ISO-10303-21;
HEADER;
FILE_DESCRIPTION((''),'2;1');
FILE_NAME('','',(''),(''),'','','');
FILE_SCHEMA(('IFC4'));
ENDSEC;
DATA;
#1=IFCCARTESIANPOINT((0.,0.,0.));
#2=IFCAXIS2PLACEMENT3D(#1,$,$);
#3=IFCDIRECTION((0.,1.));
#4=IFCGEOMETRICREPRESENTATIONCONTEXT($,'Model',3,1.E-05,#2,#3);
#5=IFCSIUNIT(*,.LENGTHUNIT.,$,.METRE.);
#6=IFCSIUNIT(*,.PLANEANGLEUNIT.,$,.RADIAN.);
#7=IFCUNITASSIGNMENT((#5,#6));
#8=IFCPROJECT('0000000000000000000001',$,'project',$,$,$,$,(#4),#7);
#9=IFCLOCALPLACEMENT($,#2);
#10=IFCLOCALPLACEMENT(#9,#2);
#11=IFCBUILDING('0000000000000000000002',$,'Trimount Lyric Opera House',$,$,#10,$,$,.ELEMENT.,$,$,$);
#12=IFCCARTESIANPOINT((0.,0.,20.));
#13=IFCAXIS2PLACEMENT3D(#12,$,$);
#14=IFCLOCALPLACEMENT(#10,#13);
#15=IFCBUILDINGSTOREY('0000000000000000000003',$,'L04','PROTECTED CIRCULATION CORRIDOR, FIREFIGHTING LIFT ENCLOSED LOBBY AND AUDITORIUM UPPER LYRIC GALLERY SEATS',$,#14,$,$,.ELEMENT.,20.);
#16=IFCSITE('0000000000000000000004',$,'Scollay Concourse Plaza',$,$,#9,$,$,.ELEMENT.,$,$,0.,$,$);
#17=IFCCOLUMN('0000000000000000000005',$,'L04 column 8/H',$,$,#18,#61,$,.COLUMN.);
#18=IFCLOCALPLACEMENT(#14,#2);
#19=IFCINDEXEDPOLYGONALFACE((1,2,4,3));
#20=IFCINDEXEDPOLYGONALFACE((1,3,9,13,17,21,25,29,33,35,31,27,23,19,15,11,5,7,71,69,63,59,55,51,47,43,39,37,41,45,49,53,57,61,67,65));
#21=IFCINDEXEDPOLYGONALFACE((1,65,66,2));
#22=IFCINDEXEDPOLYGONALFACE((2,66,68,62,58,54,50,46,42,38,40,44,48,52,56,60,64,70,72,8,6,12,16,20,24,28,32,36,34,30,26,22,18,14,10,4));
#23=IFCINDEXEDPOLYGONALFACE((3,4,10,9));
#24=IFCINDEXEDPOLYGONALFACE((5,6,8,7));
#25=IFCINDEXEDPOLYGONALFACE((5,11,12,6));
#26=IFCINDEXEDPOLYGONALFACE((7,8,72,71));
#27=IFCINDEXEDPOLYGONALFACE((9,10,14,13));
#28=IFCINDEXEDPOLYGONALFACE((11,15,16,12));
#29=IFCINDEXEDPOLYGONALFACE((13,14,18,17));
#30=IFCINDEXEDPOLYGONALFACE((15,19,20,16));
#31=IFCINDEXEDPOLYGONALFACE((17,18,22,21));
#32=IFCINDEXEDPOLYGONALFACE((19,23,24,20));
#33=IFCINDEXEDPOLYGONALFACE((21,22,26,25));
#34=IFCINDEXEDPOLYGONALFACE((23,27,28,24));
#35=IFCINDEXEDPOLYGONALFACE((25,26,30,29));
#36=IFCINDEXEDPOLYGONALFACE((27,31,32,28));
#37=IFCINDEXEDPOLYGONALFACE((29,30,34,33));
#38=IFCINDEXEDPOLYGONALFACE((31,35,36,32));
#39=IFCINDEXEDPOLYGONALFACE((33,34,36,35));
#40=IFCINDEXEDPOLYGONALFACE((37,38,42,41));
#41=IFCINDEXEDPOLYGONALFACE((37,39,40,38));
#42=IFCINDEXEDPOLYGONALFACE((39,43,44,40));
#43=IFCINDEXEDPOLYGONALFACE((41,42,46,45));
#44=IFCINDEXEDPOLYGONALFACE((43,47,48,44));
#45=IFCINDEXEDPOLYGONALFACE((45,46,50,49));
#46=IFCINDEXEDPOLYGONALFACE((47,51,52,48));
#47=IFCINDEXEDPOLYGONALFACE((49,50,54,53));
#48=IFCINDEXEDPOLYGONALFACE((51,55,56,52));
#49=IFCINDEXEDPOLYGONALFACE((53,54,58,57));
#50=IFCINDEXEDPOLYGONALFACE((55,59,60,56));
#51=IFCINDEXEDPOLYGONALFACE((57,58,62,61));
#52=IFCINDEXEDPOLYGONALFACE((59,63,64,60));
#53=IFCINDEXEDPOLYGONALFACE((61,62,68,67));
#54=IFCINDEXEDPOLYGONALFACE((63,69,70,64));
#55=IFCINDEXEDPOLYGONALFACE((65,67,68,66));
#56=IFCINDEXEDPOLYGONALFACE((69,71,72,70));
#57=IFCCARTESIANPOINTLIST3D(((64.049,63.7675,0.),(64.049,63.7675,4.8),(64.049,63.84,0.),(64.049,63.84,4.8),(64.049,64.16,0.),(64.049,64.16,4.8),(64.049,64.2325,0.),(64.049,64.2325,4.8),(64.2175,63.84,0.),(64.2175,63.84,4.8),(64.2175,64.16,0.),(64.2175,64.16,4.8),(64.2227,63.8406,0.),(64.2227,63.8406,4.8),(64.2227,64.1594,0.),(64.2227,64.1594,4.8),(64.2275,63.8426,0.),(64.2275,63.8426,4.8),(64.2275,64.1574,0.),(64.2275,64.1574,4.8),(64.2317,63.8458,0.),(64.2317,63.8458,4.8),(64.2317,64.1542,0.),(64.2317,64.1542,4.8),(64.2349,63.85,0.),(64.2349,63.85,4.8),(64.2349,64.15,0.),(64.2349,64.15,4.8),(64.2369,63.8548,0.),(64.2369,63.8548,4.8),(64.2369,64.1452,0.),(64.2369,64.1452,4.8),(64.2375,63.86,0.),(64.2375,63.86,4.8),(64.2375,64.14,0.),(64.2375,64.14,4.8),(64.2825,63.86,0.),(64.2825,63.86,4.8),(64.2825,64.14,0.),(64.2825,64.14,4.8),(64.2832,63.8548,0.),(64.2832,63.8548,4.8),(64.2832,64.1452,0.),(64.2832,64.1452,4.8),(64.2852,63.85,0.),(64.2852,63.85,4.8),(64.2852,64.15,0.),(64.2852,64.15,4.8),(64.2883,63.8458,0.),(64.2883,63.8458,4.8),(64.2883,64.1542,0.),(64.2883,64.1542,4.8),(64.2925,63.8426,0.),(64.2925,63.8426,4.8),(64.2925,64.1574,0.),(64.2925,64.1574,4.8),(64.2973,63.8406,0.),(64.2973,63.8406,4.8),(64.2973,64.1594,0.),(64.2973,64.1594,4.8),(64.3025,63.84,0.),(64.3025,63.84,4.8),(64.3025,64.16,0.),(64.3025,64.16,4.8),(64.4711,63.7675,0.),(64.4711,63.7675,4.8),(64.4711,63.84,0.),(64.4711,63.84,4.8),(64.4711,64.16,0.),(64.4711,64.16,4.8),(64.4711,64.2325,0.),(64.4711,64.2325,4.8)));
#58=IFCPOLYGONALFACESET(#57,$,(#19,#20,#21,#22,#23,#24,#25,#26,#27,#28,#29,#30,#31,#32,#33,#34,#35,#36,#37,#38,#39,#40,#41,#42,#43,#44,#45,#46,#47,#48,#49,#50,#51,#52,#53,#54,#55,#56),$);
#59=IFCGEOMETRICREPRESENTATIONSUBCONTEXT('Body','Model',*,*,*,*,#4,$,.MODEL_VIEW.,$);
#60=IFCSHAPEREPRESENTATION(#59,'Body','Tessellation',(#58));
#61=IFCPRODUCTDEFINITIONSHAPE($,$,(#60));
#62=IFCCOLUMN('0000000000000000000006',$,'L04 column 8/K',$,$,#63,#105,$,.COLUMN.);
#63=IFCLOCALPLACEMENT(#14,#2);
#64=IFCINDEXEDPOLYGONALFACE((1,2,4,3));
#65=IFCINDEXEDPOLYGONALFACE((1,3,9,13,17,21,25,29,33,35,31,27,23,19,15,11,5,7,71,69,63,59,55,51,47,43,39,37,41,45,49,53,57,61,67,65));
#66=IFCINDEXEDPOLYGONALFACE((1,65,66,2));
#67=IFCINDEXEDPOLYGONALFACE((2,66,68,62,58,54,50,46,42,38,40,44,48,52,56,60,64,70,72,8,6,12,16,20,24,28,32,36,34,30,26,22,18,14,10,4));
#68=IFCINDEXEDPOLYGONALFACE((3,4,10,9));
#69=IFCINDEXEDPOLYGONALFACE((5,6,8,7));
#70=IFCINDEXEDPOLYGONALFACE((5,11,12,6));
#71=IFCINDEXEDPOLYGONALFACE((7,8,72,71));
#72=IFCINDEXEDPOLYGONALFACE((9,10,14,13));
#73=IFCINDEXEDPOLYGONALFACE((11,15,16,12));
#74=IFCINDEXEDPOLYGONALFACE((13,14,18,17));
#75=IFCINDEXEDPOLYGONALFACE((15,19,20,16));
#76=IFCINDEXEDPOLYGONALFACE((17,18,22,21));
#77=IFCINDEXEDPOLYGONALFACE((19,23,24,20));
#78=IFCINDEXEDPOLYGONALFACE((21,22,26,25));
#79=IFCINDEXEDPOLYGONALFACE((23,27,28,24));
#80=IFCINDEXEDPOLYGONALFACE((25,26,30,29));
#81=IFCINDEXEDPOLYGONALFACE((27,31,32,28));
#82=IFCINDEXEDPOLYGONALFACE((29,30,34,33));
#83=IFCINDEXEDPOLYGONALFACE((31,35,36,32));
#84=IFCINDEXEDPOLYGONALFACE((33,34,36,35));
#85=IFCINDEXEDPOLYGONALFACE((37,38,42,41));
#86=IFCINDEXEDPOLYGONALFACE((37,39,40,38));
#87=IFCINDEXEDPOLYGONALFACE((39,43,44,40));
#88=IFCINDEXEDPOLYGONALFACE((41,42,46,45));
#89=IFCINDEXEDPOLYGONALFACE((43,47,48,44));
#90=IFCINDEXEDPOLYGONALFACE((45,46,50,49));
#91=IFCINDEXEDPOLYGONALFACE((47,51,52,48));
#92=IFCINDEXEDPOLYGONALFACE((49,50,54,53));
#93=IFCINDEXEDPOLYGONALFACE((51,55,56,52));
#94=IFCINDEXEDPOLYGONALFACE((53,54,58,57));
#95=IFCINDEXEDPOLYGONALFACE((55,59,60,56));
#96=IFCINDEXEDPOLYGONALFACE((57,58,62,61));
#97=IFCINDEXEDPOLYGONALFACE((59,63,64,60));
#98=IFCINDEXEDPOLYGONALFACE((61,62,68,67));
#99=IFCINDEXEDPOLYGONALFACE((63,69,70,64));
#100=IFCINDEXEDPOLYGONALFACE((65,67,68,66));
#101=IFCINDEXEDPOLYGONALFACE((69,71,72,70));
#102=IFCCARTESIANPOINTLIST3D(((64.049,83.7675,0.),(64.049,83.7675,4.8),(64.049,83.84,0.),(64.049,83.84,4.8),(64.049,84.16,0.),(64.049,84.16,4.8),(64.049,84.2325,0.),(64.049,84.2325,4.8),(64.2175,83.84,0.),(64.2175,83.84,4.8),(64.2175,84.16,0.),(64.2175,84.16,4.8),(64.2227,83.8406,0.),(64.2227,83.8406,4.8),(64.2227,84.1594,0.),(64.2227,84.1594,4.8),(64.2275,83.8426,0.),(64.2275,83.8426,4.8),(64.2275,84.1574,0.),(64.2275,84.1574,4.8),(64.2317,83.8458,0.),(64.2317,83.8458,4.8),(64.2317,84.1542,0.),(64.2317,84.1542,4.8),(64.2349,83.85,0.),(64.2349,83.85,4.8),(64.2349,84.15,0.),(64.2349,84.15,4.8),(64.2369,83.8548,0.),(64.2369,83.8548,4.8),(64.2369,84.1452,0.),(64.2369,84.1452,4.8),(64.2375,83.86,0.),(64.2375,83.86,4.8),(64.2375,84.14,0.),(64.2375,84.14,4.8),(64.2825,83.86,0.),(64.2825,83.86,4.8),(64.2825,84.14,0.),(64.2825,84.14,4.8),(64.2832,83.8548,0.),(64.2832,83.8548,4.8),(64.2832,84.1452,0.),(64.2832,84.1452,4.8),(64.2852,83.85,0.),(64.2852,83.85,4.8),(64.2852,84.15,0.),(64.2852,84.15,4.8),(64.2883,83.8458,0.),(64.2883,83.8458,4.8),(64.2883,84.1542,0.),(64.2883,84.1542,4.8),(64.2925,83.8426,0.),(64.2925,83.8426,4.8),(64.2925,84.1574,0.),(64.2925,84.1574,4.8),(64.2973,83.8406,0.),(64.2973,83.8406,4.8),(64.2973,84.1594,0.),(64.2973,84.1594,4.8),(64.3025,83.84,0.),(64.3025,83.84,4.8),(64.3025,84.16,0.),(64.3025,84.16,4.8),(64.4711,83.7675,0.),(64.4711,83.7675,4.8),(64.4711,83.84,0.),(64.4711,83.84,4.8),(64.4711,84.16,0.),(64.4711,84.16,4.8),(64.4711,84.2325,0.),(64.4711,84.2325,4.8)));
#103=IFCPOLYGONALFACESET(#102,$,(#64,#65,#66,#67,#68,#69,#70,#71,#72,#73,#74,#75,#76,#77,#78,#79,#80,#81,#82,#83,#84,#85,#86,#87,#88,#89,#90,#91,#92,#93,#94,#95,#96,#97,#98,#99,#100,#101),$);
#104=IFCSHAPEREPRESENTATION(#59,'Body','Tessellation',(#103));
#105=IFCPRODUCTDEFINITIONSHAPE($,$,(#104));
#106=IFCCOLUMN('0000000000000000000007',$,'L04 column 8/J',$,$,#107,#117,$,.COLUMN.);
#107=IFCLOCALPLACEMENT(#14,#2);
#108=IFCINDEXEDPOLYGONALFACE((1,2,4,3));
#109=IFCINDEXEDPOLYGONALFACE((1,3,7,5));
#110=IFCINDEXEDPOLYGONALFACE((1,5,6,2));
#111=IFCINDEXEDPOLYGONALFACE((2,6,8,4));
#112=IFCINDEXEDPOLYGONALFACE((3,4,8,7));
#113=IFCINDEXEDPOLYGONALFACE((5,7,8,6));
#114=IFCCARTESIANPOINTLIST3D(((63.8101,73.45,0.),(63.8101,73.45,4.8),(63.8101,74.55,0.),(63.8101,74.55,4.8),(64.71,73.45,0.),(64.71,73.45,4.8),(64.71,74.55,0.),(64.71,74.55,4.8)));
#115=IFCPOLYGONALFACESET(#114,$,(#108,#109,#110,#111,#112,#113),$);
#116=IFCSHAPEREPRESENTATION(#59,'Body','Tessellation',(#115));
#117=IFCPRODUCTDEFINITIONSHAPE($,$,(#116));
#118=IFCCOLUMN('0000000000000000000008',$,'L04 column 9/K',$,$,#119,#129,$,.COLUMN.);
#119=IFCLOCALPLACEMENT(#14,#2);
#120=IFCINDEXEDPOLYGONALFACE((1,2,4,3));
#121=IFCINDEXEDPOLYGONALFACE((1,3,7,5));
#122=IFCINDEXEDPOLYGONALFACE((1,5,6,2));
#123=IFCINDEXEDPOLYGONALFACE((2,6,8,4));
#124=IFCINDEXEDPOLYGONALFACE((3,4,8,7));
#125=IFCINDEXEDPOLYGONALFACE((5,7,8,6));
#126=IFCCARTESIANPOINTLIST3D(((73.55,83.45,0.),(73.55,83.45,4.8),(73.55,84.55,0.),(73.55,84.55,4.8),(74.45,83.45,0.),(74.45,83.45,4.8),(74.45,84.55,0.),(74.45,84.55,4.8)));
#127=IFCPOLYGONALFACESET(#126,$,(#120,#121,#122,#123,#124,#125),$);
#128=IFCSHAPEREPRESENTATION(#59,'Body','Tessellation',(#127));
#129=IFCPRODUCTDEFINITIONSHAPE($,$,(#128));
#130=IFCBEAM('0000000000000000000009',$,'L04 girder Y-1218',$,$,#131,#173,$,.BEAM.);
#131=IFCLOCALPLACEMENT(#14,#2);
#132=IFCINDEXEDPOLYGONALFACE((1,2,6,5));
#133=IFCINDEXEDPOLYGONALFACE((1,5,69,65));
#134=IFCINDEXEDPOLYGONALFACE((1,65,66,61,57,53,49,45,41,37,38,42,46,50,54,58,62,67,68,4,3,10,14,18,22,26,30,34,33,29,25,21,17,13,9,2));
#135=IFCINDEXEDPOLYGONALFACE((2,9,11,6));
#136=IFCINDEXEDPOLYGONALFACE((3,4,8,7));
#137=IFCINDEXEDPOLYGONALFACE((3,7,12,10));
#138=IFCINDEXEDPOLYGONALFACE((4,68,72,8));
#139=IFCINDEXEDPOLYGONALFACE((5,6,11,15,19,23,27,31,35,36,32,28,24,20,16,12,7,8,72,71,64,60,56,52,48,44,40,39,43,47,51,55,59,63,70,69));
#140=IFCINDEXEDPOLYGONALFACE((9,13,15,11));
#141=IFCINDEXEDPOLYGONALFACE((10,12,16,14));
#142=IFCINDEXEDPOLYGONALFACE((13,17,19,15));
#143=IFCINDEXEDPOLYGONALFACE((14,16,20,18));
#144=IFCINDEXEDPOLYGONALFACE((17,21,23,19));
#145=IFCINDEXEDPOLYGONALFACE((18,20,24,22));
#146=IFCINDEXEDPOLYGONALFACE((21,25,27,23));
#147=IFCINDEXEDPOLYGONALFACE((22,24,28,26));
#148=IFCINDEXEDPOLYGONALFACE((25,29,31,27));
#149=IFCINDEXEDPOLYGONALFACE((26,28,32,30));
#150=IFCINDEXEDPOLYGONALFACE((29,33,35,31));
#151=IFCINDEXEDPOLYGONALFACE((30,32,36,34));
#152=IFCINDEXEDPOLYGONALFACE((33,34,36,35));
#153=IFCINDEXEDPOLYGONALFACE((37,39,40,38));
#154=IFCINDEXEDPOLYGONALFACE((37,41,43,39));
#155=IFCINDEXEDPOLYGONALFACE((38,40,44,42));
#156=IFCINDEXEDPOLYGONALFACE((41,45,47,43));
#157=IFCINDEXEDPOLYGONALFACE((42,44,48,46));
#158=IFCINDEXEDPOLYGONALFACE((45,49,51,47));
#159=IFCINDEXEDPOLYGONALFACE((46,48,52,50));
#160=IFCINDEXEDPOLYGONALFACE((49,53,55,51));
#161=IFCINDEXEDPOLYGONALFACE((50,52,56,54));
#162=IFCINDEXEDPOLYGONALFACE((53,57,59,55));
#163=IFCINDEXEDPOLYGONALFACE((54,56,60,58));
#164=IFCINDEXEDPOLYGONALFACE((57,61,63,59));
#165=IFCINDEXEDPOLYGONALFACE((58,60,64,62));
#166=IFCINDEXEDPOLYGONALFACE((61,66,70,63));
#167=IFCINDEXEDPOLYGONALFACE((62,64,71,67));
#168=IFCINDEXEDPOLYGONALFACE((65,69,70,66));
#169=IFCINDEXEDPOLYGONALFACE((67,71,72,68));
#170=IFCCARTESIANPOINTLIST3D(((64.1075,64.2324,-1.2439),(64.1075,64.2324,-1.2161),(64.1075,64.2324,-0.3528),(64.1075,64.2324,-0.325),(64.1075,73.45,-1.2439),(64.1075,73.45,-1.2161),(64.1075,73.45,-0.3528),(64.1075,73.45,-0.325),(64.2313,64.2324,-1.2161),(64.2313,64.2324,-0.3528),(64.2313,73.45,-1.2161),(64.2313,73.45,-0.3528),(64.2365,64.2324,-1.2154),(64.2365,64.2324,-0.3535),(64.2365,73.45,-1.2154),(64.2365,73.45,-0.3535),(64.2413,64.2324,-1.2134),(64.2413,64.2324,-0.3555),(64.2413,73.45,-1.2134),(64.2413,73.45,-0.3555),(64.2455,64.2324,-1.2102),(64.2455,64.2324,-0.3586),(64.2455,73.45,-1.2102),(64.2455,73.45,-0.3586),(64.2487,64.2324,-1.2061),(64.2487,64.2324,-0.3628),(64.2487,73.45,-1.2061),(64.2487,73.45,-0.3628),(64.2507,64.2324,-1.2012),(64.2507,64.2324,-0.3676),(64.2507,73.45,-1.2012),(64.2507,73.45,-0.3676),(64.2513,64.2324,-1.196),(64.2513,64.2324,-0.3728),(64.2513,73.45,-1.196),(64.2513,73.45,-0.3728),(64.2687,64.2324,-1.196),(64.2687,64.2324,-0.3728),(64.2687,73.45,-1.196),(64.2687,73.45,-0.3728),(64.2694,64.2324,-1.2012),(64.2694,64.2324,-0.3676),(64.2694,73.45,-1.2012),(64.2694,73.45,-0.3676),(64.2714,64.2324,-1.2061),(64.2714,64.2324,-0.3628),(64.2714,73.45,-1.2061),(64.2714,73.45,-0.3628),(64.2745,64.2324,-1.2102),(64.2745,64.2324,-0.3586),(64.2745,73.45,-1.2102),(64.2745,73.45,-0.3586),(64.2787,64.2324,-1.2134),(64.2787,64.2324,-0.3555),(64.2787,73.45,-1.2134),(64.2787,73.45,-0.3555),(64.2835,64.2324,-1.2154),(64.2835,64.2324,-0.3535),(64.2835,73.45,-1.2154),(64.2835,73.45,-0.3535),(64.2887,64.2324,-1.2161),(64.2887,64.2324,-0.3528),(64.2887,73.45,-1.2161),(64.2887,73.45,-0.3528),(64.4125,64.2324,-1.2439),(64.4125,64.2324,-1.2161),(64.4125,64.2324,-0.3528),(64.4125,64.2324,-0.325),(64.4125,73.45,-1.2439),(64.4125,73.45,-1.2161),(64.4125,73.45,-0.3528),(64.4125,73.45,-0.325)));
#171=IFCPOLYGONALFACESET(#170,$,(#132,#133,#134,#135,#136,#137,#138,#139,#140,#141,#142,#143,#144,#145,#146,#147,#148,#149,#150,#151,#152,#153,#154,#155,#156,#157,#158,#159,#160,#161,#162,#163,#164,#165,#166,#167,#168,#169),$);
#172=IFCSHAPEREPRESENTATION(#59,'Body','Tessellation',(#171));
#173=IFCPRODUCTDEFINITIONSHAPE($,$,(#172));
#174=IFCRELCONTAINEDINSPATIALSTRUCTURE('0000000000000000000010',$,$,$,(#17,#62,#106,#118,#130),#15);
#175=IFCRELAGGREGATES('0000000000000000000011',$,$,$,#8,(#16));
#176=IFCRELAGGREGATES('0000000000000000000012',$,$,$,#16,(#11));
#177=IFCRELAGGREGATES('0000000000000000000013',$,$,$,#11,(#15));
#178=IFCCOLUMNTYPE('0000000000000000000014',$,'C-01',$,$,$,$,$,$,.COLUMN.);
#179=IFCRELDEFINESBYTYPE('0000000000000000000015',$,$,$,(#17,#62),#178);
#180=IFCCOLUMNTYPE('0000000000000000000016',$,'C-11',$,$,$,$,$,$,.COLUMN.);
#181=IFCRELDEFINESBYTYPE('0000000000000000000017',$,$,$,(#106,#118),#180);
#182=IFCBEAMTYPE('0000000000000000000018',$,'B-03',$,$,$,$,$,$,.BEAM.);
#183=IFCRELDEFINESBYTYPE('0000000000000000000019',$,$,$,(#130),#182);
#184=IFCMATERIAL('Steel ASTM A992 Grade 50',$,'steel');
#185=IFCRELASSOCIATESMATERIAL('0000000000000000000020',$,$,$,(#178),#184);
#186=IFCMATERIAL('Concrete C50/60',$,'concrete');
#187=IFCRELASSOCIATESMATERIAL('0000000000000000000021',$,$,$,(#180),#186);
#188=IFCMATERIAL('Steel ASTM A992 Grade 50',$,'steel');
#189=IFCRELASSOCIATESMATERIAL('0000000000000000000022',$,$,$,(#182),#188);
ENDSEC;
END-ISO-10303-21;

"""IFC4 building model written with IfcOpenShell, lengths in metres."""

from ifc_helpers import new_model, si_unit, direction, frame, origin, origin_2d, place, context, subcontext, project, spatial, rectangle, i_section, extrude, material, material_profile, profile_set, type_object, element, save


model = new_model("IFC4")

# Units and contexts
model_context = context("Model", 3, precision=1e-05, world=origin(), true_north=direction((0.0, 1.0)))
body_context = subcontext(model_context, "Body", "Model", "MODEL_VIEW")
ifc_project = project(units=[si_unit("LENGTHUNIT", "METRE"), si_unit("PLANEANGLEUNIT", "RADIAN")], contexts=[model_context])

# Site, building, storey
site_placement = place(None, origin())
site = spatial("IfcSite", under=ifc_project, at=site_placement, Name="Scollay Concourse Plaza", CompositionType="ELEMENT", RefElevation=0.0)
building_placement = place(site_placement, origin())
building = spatial("IfcBuilding", under=site, at=building_placement, Name="Trimount Lyric Opera House", CompositionType="ELEMENT")
storey_placement = place(building_placement, frame((0.0, 0.0, 20.0)))
storey = spatial("IfcBuildingStorey", under=building, at=storey_placement, Name="L04", Description="PROTECTED CIRCULATION CORRIDOR, FIREFIGHTING LIFT ENCLOSED LOBBY AND AUDITORIUM UPPER LYRIC GALLERY SEATS", CompositionType="ELEMENT", Elevation=20.0)

# Columns
ifc_material_1 = material(Name="Steel ASTM A992 Grade 50", Category="steel")
ifc_material_profile_1 = material_profile(ifc_material_1, i_section(OverallWidth=0.4221, OverallDepth=0.4651, WebThickness=0.0449, FlangeThickness=0.0725, FilletRadius=0.02, at=origin_2d()), Name="W14X398")
ifc_profile_set_1 = profile_set([ifc_material_profile_1], Name="Steel ASTM A992 Grade 50")
column_type_1 = type_object("IfcColumnType", Name="C-01", PredefinedType="COLUMN", material=ifc_profile_set_1)
for number, where, z_axis, x_axis, name in (
    (1, (64.26, 64.0, 0.0), (0.0, 0.0, 1.0), (1.0, 0.0, 0.0), "L04 column 8/H"),
    (2, (64.26, 84.0, 0.0), (0.0, 0.0, 1.0), (1.0, 0.0, 0.0), "L04 column 8/K"),
):
    element("IfcColumn", number, at=place(storey_placement, frame(where, z_axis=z_axis, x_axis=x_axis)), inside=storey, type_object=column_type_1, Name=name, PredefinedType="COLUMN", context=body_context, shape_type="SweptSolid", body=[
        extrude(i_section(OverallWidth=0.4221, OverallDepth=0.4651, WebThickness=0.0449, FlangeThickness=0.0725, FilletRadius=0.02, at=origin_2d()), origin(), (0.0, 0.0, 1.0), 4.8),
    ])
ifc_material_2 = material(Name="Concrete C50/60", Category="concrete")
ifc_material_profile_2 = material_profile(ifc_material_2, rectangle(XDim=0.8999, YDim=1.1001, at=origin_2d()), Name="RC1100X900")
ifc_profile_set_2 = profile_set([ifc_material_profile_2], Name="Concrete C50/60")
column_type_2 = type_object("IfcColumnType", Name="C-11", PredefinedType="COLUMN", material=ifc_profile_set_2)
for number, where, z_axis, x_axis, name in (
    (3, (64.26, 74.0, 0.0), (0.0, 0.0, 1.0), (1.0, 0.0, 0.0), "L04 column 8/J"),
    (4, (74.0, 84.0, 0.0), (0.0, 0.0, 1.0), (1.0, 0.0, 0.0), "L04 column 9/K"),
):
    element("IfcColumn", number, at=place(storey_placement, frame(where, z_axis=z_axis, x_axis=x_axis)), inside=storey, type_object=column_type_2, Name=name, PredefinedType="COLUMN", context=body_context, shape_type="SweptSolid", body=[
        extrude(rectangle(XDim=0.8999, YDim=1.1001, at=origin_2d()), origin(), (0.0, 0.0, 1.0), 4.8),
    ])

# Beam
ifc_material_3 = material(Name="Steel ASTM A992 Grade 50", Category="steel")
ifc_material_profile_3 = material_profile(ifc_material_3, i_section(OverallWidth=0.3049, OverallDepth=0.9189, WebThickness=0.0173, FlangeThickness=0.0278, FilletRadius=0.02, at=origin_2d()), Name="W36X170")
ifc_profile_set_3 = profile_set([ifc_material_profile_3], Name="Steel ASTM A992 Grade 50")
beam_type_1 = type_object("IfcBeamType", Name="B-03", PredefinedType="BEAM", material=ifc_profile_set_3)
beam_1_placement = place(storey_placement, frame((64.26, 64.2324, -0.7844), z_axis=(0.0, 1.0, 0.0), x_axis=(-1.0, 0.0, 0.0)))
element("IfcBeam", 5, at=beam_1_placement, inside=storey, type_object=beam_type_1, Name="L04 girder Y-1218", PredefinedType="BEAM", context=body_context, shape_type="SweptSolid", body=[
    extrude(i_section(OverallWidth=0.3049, OverallDepth=0.9189, WebThickness=0.0173, FlangeThickness=0.0278, FilletRadius=0.02, at=origin_2d()), origin(), (0.0, 0.0, 1.0), 9.2175),
])

save(model, "model.ifc")
